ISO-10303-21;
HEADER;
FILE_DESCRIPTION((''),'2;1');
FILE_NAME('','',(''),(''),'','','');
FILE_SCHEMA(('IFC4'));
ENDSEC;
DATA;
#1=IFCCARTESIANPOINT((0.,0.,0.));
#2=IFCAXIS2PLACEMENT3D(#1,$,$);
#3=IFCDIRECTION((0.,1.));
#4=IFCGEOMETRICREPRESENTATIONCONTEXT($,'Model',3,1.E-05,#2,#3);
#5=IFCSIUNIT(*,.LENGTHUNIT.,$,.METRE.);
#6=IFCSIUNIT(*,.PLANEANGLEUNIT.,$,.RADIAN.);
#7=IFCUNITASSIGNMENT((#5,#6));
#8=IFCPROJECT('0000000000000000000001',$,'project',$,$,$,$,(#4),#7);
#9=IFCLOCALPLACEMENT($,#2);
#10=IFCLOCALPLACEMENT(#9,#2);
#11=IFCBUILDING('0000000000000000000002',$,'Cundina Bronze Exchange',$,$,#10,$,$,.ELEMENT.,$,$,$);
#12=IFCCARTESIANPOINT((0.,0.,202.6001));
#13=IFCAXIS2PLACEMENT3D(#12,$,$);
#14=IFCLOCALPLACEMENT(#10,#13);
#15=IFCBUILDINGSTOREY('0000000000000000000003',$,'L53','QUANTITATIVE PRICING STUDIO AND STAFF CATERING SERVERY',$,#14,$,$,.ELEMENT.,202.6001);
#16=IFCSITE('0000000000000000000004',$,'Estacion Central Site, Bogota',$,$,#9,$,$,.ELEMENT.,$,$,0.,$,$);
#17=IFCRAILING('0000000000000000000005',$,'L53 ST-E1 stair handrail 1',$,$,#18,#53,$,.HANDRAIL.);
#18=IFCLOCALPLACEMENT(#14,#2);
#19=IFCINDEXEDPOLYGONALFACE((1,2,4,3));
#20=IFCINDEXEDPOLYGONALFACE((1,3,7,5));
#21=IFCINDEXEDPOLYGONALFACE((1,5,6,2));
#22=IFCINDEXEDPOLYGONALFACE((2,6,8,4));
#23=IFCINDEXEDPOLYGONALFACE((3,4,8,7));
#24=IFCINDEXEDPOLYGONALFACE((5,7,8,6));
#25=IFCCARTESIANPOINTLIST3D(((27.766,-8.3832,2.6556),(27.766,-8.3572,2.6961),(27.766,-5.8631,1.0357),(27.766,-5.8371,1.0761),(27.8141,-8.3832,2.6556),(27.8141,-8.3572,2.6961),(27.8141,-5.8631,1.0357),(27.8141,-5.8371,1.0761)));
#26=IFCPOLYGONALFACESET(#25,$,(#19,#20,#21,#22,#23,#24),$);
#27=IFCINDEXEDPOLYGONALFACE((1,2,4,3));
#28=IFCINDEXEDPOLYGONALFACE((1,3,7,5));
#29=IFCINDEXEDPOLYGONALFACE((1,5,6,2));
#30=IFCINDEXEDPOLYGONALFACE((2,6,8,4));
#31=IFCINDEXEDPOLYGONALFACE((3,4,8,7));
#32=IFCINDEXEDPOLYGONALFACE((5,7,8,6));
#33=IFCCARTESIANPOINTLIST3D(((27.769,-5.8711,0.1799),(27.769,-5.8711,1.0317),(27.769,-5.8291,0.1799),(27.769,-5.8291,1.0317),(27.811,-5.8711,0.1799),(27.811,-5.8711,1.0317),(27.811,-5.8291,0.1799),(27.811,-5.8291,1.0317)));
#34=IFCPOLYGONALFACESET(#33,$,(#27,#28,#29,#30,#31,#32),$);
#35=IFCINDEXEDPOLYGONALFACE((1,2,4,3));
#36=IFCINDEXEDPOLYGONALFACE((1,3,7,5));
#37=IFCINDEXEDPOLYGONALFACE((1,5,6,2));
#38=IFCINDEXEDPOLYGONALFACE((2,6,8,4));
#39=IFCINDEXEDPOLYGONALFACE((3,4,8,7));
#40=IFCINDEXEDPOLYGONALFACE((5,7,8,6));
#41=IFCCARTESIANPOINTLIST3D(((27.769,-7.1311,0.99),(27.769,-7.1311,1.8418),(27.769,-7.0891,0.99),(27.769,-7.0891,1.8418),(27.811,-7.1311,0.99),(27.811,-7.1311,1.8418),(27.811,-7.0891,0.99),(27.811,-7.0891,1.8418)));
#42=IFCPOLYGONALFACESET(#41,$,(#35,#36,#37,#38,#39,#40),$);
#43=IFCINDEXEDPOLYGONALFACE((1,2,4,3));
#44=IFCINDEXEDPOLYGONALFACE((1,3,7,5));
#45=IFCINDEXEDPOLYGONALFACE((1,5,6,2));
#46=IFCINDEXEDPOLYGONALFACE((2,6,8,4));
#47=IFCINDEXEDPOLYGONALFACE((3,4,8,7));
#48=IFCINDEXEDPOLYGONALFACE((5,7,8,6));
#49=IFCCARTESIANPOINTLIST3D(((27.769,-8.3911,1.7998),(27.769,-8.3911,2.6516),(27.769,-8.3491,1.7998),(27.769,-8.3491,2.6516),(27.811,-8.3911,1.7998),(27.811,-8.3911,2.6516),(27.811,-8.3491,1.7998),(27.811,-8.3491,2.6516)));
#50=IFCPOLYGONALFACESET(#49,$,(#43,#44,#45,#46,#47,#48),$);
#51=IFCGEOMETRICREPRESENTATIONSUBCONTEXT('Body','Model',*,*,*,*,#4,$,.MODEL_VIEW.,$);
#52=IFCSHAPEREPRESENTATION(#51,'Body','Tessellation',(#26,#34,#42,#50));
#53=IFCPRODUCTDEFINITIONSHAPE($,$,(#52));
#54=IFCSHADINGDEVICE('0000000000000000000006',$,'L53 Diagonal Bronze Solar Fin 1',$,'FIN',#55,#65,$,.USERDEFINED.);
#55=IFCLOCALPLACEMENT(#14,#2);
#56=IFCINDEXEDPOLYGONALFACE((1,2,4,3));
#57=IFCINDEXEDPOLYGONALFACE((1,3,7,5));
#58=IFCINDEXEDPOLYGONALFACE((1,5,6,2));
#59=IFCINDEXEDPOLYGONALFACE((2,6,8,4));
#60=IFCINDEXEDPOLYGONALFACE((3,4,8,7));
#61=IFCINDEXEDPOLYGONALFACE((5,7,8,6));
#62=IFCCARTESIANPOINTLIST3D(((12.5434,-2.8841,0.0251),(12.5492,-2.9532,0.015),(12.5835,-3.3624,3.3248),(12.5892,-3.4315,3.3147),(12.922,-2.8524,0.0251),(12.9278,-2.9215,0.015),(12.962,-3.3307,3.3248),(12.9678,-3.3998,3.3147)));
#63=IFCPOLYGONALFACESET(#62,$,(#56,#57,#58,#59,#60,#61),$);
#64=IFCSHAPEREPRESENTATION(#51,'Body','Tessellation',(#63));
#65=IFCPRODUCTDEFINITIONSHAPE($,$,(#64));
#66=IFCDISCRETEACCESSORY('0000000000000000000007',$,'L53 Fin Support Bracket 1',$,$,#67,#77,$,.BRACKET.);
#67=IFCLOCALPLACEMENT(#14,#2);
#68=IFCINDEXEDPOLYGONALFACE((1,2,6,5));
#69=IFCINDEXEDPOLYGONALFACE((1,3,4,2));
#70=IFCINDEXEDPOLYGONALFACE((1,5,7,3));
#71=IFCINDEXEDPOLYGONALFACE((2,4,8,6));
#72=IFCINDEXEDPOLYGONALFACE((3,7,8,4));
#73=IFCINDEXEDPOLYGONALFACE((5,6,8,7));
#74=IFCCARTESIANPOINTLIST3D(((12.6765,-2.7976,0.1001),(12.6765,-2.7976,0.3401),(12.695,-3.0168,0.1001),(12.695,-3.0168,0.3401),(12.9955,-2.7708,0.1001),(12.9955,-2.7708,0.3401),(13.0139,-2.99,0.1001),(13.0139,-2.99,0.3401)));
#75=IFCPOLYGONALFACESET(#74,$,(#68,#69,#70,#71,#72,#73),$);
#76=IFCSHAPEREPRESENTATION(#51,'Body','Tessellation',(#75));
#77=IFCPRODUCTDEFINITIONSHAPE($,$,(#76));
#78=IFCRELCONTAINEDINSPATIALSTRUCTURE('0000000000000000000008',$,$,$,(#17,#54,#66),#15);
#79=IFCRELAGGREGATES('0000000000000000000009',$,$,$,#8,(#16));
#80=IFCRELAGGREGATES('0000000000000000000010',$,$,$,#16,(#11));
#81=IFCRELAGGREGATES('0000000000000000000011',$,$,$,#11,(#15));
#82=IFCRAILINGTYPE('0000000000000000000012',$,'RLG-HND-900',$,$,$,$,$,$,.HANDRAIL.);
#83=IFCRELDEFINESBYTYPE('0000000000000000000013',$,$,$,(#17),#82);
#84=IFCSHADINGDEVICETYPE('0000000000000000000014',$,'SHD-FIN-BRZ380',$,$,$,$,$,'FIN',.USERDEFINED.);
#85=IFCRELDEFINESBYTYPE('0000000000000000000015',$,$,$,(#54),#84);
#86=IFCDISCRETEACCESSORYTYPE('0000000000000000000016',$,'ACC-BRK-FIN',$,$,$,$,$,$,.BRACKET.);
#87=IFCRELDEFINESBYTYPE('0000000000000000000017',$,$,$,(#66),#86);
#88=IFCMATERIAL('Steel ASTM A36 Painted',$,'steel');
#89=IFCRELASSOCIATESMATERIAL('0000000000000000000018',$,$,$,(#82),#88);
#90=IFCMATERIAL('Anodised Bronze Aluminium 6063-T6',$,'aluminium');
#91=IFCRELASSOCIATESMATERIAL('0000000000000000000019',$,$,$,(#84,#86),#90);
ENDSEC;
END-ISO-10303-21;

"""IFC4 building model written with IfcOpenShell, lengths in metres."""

from ifc_helpers import new_model, si_unit, direction, frame, origin, origin_2d, place, context, subcontext, project, spatial, rectangle, extrude, material, material_profile, profile_set, type_object, element, save


model = new_model("IFC4")

# Units and contexts
model_context = context("Model", 3, precision=1e-05, world=origin(), true_north=direction((0.0, 1.0)))
body_context = subcontext(model_context, "Body", "Model", "MODEL_VIEW")
ifc_project = project(units=[si_unit("LENGTHUNIT", "METRE"), si_unit("PLANEANGLEUNIT", "RADIAN")], contexts=[model_context])

# Site, building, storey
site_placement = place(None, origin())
site = spatial("IfcSite", under=ifc_project, at=site_placement, Name="Estacion Central Site, Bogota", CompositionType="ELEMENT", RefElevation=0.0)
building_placement = place(site_placement, origin())
building = spatial("IfcBuilding", under=site, at=building_placement, Name="Cundina Bronze Exchange", CompositionType="ELEMENT")
storey_placement = place(building_placement, frame((0.0, 0.0, 202.6001)))
storey = spatial("IfcBuildingStorey", under=building, at=storey_placement, Name="L53", Description="QUANTITATIVE PRICING STUDIO AND STAFF CATERING SERVERY", CompositionType="ELEMENT", Elevation=202.6001)

# Shared definitions
ifc_material_1 = material(Name="Anodised Bronze Aluminium 6063-T6", Category="aluminium")

# Shared definitions
ifc_material_2 = material(Name="Steel ASTM A36 Painted", Category="steel")

# Railing
railing_type = type_object("IfcRailingType", Name="RLG-HND-900", PredefinedType="HANDRAIL", material=ifc_material_2)
railing_placement = place(storey_placement, frame((27.79, -5.8501, 0.1799)))
element("IfcRailing", 1, at=railing_placement, inside=storey, type_object=railing_type, Name="L53 ST-E1 stair handrail 1", PredefinedType="HANDRAIL", context=body_context, shape_type="SweptSolid", body=[
    extrude(rectangle(XDim=0.0481, YDim=0.0481, at=origin_2d()), frame((0.0, 0.0, 0.876), z_axis=(0.0, -0.8412, 0.540725), x_axis=(1.0, 0.0, 0.0)), (0.0, 0.0, 1.0), 2.9958),
    extrude(rectangle(XDim=0.042, YDim=0.042, at=origin_2d()), origin(), (0.0, 0.0, 1.0), 0.8518),
    extrude(rectangle(XDim=0.042, YDim=0.042, at=origin_2d()), frame((0.0, -1.26, 0.8101)), (0.0, 0.0, 1.0), 0.8518),
    extrude(rectangle(XDim=0.042, YDim=0.042, at=origin_2d()), frame((0.0, -2.52, 1.6199)), (0.0, 0.0, 1.0), 0.8518),
])

# Shading device
ifc_material_profile_1 = material_profile(ifc_material_1, rectangle(XDim=0.0701, YDim=0.3799, at=origin_2d()), Name="FIN70X380", Category="aluminium")
ifc_profile_set_1 = profile_set([ifc_material_profile_1], Name="Anodised Bronze Aluminium 6063-T6")
shading_device_type = type_object("IfcShadingDeviceType", Name="SHD-FIN-BRZ380", ElementType="FIN", PredefinedType="USERDEFINED", material=ifc_profile_set_1)
shading_device_placement = place(storey_placement, frame((12.7356, -2.9028, 0.02), z_axis=(0.012007, -0.14343, 0.989588), x_axis=(-0.082556, 0.986138, 0.143932)))
element("IfcShadingDevice", 2, at=shading_device_placement, inside=storey, type_object=shading_device_type, Name="L53 Diagonal Bronze Solar Fin 1", ObjectType="FIN", PredefinedType="USERDEFINED", context=body_context, shape_type="SweptSolid", body=[
    extrude(rectangle(XDim=0.0701, YDim=0.3799, at=origin_2d()), origin(), (0.0, 0.0, 1.0), 3.3345),
])

# Discrete accessory
discrete_accessory_type = type_object("IfcDiscreteAccessoryType", Name="ACC-BRK-FIN", PredefinedType="BRACKET", material=ifc_material_1)
discrete_accessory_placement = place(storey_placement, frame((12.8452, -2.8938, 0.1001), z_axis=(0.0, 0.0, 1.0), x_axis=(0.083747, -0.996487, 0.0)))
element("IfcDiscreteAccessory", 3, at=discrete_accessory_placement, inside=storey, type_object=discrete_accessory_type, Name="L53 Fin Support Bracket 1", PredefinedType="BRACKET", context=body_context, shape_type="SweptSolid", body=[
    extrude(rectangle(XDim=0.22, YDim=0.3201, at=origin_2d()), origin(), (0.0, 0.0, 1.0), 0.24),
])

save(model, "model.ifc")
